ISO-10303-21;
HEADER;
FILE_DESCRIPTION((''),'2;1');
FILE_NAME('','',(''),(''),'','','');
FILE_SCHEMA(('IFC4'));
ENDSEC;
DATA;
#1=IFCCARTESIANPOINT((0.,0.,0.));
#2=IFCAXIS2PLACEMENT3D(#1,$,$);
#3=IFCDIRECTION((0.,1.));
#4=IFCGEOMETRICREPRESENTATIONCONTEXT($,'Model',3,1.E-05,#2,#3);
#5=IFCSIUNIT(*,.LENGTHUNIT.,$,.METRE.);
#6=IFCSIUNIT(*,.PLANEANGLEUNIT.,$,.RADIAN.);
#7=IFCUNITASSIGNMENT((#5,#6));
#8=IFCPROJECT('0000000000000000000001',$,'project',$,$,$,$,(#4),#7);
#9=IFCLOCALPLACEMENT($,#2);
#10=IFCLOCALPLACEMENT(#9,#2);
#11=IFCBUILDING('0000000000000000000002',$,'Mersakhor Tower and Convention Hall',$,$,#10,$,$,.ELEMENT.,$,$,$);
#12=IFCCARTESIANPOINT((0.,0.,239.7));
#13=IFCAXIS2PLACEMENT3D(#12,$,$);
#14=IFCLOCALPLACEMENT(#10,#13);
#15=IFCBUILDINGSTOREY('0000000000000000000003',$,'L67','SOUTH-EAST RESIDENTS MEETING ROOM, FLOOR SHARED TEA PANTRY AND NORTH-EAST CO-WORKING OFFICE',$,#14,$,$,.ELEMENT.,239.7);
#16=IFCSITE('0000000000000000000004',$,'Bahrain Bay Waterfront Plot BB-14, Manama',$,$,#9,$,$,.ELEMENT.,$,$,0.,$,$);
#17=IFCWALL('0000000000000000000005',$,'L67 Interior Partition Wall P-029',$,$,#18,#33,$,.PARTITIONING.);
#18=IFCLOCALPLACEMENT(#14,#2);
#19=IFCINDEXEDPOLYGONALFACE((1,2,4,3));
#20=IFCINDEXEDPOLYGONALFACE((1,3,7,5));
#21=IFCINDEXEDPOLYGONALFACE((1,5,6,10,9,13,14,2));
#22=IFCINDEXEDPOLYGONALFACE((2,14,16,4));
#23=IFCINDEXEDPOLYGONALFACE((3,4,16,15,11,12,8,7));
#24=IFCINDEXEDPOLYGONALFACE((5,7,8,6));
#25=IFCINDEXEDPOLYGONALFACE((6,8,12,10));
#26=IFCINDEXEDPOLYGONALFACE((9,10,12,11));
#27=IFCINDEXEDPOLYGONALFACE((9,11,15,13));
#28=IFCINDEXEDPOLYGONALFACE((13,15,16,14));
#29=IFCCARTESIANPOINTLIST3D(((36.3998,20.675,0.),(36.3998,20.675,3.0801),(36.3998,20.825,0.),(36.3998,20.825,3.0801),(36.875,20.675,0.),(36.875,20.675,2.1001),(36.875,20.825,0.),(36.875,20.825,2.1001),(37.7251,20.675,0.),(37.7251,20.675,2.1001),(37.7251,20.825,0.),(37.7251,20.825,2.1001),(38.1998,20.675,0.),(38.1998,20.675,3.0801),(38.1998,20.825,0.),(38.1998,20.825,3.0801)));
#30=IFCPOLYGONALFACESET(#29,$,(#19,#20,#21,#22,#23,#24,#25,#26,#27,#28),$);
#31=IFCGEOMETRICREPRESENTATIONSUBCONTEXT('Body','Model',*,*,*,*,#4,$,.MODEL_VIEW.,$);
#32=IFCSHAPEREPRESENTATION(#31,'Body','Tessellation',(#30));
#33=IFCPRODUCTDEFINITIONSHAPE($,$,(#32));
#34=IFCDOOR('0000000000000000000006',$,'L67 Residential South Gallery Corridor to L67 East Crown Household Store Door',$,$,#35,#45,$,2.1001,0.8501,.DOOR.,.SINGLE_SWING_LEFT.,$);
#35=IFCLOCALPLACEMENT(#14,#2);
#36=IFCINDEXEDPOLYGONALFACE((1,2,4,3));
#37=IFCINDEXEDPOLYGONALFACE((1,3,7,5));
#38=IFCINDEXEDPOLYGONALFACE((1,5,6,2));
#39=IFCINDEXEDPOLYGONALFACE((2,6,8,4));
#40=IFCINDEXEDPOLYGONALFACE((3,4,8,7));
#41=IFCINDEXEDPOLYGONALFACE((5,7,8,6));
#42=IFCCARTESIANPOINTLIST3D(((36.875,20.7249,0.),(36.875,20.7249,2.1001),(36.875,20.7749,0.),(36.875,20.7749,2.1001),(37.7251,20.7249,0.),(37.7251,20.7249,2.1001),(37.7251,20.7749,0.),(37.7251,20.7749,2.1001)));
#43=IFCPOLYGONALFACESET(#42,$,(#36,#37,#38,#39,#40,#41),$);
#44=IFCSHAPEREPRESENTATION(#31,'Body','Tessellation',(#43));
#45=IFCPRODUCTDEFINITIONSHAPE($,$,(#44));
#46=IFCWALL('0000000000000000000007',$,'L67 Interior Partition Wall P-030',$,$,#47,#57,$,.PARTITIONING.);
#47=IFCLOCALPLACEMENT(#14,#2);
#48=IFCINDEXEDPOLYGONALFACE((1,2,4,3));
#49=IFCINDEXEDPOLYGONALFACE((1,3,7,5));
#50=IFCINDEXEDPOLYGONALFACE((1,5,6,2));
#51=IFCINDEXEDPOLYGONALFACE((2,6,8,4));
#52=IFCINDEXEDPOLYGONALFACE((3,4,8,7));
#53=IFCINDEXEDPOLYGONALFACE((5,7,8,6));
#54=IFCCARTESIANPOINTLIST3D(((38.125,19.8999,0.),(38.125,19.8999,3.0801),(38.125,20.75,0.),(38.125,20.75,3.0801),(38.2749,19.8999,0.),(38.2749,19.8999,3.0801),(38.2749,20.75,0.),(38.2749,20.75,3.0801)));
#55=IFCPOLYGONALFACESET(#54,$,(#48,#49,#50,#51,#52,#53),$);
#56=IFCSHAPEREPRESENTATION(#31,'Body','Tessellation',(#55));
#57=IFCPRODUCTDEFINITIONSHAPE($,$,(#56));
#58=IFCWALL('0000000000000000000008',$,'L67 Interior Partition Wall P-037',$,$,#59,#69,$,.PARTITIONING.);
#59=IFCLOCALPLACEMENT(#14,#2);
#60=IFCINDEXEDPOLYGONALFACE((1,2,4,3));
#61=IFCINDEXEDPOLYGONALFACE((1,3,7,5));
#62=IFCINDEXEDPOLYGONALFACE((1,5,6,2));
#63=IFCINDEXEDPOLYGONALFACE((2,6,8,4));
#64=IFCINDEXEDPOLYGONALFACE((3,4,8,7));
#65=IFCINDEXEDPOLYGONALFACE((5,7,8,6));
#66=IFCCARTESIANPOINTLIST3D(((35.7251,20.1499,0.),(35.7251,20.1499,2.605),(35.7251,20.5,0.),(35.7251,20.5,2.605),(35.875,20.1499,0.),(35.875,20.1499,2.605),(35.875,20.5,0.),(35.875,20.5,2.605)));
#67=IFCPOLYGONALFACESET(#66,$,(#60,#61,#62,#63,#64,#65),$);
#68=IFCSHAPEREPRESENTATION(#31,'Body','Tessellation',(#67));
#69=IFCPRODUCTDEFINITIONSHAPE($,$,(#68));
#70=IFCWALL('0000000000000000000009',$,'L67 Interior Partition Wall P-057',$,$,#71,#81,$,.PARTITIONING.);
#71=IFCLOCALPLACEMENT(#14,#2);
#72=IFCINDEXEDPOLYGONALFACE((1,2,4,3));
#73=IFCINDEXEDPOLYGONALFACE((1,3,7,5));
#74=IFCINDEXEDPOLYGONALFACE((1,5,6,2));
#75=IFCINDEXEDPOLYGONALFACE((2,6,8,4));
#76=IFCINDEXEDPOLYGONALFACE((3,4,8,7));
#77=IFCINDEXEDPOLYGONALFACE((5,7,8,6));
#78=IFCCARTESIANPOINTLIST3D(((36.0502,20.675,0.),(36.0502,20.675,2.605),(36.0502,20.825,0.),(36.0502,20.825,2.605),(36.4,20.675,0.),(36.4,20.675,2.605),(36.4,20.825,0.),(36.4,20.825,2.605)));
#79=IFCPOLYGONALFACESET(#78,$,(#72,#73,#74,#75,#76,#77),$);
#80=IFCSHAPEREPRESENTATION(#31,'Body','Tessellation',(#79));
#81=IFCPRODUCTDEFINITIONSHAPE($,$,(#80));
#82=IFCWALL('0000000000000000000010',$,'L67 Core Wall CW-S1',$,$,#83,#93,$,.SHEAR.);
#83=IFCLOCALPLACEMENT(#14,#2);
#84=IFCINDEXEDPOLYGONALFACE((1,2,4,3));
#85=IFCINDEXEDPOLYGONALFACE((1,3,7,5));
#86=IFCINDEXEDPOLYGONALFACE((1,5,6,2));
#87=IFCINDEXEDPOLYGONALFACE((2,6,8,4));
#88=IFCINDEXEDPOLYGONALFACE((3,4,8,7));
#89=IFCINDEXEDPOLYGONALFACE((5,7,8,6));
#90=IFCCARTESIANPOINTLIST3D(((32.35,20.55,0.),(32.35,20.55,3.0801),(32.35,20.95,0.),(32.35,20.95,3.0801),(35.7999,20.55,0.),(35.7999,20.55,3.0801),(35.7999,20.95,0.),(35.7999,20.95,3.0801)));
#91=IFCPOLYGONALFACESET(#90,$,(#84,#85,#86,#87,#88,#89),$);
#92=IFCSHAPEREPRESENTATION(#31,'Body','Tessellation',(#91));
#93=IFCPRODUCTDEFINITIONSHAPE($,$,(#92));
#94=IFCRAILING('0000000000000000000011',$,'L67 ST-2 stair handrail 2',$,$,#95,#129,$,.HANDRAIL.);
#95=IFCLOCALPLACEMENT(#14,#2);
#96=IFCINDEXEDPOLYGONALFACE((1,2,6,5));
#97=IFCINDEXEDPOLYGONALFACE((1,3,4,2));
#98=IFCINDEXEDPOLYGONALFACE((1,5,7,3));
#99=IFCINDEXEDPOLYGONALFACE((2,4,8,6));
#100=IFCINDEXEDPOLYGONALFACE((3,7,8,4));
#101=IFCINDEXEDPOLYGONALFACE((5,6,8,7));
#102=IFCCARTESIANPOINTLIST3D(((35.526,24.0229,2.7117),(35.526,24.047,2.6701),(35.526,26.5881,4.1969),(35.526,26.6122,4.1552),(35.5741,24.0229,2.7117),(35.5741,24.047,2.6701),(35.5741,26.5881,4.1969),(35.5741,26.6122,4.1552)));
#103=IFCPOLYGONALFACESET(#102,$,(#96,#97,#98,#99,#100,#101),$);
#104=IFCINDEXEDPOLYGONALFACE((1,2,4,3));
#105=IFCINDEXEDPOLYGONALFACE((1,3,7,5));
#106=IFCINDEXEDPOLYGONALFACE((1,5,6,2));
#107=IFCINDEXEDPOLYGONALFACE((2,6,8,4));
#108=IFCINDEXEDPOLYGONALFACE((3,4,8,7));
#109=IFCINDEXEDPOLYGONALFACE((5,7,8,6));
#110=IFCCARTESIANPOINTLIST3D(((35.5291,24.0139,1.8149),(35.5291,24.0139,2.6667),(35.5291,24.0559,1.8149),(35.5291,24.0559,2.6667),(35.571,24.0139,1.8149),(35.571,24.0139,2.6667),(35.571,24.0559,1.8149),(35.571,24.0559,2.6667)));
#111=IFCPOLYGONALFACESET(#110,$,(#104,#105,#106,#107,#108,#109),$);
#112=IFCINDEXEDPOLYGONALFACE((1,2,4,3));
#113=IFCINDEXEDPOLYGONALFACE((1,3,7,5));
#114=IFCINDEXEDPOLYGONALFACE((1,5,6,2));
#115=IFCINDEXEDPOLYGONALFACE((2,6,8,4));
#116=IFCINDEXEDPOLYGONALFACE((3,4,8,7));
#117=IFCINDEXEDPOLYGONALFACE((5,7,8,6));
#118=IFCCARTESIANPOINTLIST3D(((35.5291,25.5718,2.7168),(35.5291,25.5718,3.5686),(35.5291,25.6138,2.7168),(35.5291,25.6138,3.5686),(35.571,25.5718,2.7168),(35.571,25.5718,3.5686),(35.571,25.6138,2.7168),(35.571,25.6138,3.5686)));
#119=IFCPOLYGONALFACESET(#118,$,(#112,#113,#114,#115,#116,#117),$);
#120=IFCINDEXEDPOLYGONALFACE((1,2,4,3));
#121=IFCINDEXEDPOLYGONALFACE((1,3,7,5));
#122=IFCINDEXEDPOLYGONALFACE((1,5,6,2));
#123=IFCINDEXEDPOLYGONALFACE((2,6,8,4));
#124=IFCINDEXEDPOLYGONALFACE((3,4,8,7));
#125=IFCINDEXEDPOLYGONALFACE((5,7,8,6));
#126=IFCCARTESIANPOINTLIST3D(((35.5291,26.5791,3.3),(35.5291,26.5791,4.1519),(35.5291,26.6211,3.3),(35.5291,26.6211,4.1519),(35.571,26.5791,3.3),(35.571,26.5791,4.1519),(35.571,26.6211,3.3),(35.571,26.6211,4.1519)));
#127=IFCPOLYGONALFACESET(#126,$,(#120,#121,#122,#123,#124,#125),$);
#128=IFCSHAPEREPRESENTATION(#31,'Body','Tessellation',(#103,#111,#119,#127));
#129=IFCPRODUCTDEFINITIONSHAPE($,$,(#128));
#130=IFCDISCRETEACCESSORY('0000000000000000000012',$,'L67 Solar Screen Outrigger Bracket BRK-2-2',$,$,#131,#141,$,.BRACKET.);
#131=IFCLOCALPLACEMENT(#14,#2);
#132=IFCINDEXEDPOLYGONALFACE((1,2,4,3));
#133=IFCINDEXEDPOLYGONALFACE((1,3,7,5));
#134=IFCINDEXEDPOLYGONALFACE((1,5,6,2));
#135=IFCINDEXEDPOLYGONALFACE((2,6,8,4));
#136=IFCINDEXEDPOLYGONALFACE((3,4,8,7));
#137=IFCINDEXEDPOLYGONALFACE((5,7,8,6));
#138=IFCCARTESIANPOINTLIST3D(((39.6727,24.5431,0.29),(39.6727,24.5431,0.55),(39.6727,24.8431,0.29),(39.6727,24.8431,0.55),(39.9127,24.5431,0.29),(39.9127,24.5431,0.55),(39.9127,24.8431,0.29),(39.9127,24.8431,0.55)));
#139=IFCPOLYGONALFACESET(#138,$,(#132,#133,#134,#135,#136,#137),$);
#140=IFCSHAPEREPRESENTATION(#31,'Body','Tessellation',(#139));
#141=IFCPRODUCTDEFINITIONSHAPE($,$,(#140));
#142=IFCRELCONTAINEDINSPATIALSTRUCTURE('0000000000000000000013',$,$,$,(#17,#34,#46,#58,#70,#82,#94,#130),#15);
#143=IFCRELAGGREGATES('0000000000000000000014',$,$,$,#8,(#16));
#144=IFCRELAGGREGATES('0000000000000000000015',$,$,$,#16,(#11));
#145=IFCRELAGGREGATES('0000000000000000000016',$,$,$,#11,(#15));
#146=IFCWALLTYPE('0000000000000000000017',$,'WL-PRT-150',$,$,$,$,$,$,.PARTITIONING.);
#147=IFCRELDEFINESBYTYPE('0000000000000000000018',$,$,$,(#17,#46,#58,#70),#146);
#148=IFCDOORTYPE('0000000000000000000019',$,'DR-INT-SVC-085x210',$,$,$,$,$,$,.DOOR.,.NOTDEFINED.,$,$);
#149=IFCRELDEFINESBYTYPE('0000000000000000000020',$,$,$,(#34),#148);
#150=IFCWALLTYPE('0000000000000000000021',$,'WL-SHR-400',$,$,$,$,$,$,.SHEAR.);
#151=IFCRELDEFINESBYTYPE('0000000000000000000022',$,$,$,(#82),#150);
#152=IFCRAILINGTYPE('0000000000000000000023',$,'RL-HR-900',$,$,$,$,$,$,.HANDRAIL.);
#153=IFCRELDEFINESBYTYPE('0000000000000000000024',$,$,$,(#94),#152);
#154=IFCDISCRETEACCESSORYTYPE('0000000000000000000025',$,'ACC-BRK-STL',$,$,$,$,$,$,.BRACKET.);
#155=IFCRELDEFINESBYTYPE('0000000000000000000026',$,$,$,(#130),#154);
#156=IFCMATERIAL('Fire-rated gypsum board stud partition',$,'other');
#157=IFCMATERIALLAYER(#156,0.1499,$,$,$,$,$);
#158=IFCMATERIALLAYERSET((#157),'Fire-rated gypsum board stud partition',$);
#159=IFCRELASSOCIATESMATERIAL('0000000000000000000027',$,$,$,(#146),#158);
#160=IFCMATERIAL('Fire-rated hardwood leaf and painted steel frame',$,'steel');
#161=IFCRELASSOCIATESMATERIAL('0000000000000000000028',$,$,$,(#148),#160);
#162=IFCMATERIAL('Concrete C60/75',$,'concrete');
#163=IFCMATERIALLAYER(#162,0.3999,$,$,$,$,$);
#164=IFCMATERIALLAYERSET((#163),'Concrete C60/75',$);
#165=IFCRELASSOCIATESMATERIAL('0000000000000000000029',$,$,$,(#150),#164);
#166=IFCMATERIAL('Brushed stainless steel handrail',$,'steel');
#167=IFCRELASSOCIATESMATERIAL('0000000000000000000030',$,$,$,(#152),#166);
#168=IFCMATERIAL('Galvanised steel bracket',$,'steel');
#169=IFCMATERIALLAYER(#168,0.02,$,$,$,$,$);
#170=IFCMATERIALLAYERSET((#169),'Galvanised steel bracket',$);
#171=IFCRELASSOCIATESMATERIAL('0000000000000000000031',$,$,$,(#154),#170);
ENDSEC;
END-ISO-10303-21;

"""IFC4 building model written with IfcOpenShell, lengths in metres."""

from ifc_helpers import new_model, si_unit, direction, frame, frame_2d, origin, origin_2d, place, context, subcontext, project, spatial, rectangle, extrude, material, layer, layer_set, type_object, element, fill, save


model = new_model("IFC4")

# Units and contexts
model_context = context("Model", 3, precision=1e-05, world=origin(), true_north=direction((0.0, 1.0)))
body_context = subcontext(model_context, "Body", "Model", "MODEL_VIEW")
ifc_project = project(units=[si_unit("LENGTHUNIT", "METRE"), si_unit("PLANEANGLEUNIT", "RADIAN")], contexts=[model_context])

# Site, building, storey
site_placement = place(None, origin())
site = spatial("IfcSite", under=ifc_project, at=site_placement, Name="Bahrain Bay Waterfront Plot BB-14, Manama", CompositionType="ELEMENT", RefElevation=0.0)
building_placement = place(site_placement, origin())
building = spatial("IfcBuilding", under=site, at=building_placement, Name="Mersakhor Tower and Convention Hall", CompositionType="ELEMENT")
storey_placement = place(building_placement, frame((0.0, 0.0, 239.7)))
storey = spatial("IfcBuildingStorey", under=building, at=storey_placement, Name="L67", Description="SOUTH-EAST RESIDENTS MEETING ROOM, FLOOR SHARED TEA PANTRY AND NORTH-EAST CO-WORKING OFFICE", CompositionType="ELEMENT", Elevation=239.7)

# Shared definitions
ifc_material_1 = material(Name="Fire-rated gypsum board stud partition", Category="other")
ifc_layer_1 = layer(ifc_material_1, 0.1499)
ifc_layer_set_1 = layer_set([ifc_layer_1], Name="Fire-rated gypsum board stud partition")
wall_type_1 = type_object("IfcWallType", Name="WL-PRT-150", PredefinedType="PARTITIONING", material=ifc_layer_set_1)

# Wall, opening, door
wall_1_placement = place(storey_placement, frame((36.3999, 20.75, 0.0), z_axis=(0.0, 0.0, 1.0), x_axis=(1.0, 0.0, 0.0)))
wall_1 = element("IfcWall", 1, at=wall_1_placement, inside=storey, type_object=wall_type_1, Name="L67 Interior Partition Wall P-029", PredefinedType="PARTITIONING", context=body_context, shape_type="SweptSolid", body=[
    extrude(rectangle(XDim=1.8, YDim=0.1499, at=frame_2d((0.8999, 0.0))), origin(), (0.0, 0.0, 1.0), 3.0801),
])
opening_1_placement = place(wall_1_placement, frame((0.4751, 0.0, 0.0)))
opening_1 = element("IfcOpeningElement", 2, at=opening_1_placement, cuts=wall_1, PredefinedType="OPENING", context=body_context, shape_type="SweptSolid", body=[
    extrude(rectangle(XDim=0.8501, YDim=2.1001, at=frame_2d((0.425, 1.05))), frame((0.0, 0.085, 0.0), z_axis=(0.0, -1.0, 0.0), x_axis=(1.0, 0.0, 0.0)), (0.0, 0.0, 1.0), 0.1699),
])
ifc_material_2 = material(Name="Fire-rated hardwood leaf and painted steel frame", Category="steel")
door_type = type_object("IfcDoorType", Name="DR-INT-SVC-085x210", OperationType="NOTDEFINED", PredefinedType="DOOR", material=ifc_material_2)
door_placement = place(opening_1_placement, origin())
door = element("IfcDoor", 3, at=door_placement, inside=storey, type_object=door_type, Name="L67 Residential South Gallery Corridor to L67 East Crown Household Store Door", OperationType="SINGLE_SWING_LEFT", OverallHeight=2.1001, OverallWidth=0.8501, PredefinedType="DOOR", context=body_context, shape_type="SweptSolid", body=[
    extrude(rectangle(XDim=0.8501, YDim=2.1001, at=frame_2d((0.425, 1.05))), frame((0.0, 0.0249, 0.0), z_axis=(0.0, -1.0, 0.0), x_axis=(1.0, 0.0, 0.0)), (0.0, 0.0, 1.0), 0.05),
])
fill(opening_1, door)

# Walls
wall_2_placement = place(storey_placement, frame((38.2, 20.75, 0.0), z_axis=(0.0, 0.0, 1.0), x_axis=(0.0, -1.0, 0.0)))
element("IfcWall", 4, at=wall_2_placement, inside=storey, type_object=wall_type_1, Name="L67 Interior Partition Wall P-030", PredefinedType="PARTITIONING", context=body_context, shape_type="SweptSolid", body=[
    extrude(rectangle(XDim=0.8501, YDim=0.1499, at=frame_2d((0.425, 0.0))), origin(), (0.0, 0.0, 1.0), 3.0801),
])
wall_3_placement = place(storey_placement, frame((35.8, 20.5, 0.0), z_axis=(0.0, 0.0, 1.0), x_axis=(0.0, -1.0, 0.0)))
element("IfcWall", 5, at=wall_3_placement, inside=storey, type_object=wall_type_1, Name="L67 Interior Partition Wall P-037", PredefinedType="PARTITIONING", context=body_context, shape_type="SweptSolid", body=[
    extrude(rectangle(XDim=0.3501, YDim=0.1499, at=frame_2d((0.175, 0.0))), origin(), (0.0, 0.0, 1.0), 2.605),
])
wall_4_placement = place(storey_placement, frame((36.3999, 20.75, 0.0), z_axis=(0.0, 0.0, 1.0), x_axis=(-1.0, 0.0, 0.0)))
element("IfcWall", 6, at=wall_4_placement, inside=storey, type_object=wall_type_1, Name="L67 Interior Partition Wall P-057", PredefinedType="PARTITIONING", context=body_context, shape_type="SweptSolid", body=[
    extrude(rectangle(XDim=0.3499, YDim=0.1499, at=frame_2d((0.1748, 0.0))), origin(), (0.0, 0.0, 1.0), 2.605),
])
ifc_material_3 = material(Name="Concrete C60/75", Category="concrete")
ifc_layer_2 = layer(ifc_material_3, 0.3999)
ifc_layer_set_2 = layer_set([ifc_layer_2], Name="Concrete C60/75")
wall_type_2 = type_object("IfcWallType", Name="WL-SHR-400", PredefinedType="SHEAR", material=ifc_layer_set_2)
wall_5_placement = place(storey_placement, frame((35.8, 20.75, 0.0), z_axis=(0.0, 0.0, 1.0), x_axis=(-1.0, 0.0, 0.0)))
element("IfcWall", 7, at=wall_5_placement, inside=storey, type_object=wall_type_2, Name="L67 Core Wall CW-S1", PredefinedType="SHEAR", context=body_context, shape_type="SweptSolid", body=[
    extrude(rectangle(XDim=3.45, YDim=0.3999, at=frame_2d((1.7251, 0.0))), origin(), (0.0, 0.0, 1.0), 3.0801),
])

# Railing
ifc_material_4 = material(Name="Brushed stainless steel handrail", Category="steel")
railing_type = type_object("IfcRailingType", Name="RL-HR-900", PredefinedType="HANDRAIL", material=ifc_material_4)
railing_placement = place(storey_placement, frame((35.55, 24.0349, 1.8149)))
element("IfcRailing", 8, at=railing_placement, inside=storey, type_object=railing_type, Name="L67 ST-2 stair handrail 2", PredefinedType="HANDRAIL", context=body_context, shape_type="SweptSolid", body=[
    extrude(rectangle(XDim=0.0481, YDim=0.0481, at=origin_2d()), frame((0.0, 0.0, 0.876), z_axis=(0.0, 0.865426, 0.501036), x_axis=(-1.0, 0.0, 0.0)), (0.0, 0.0, 1.0), 2.9641),
    extrude(rectangle(XDim=0.042, YDim=0.042, at=origin_2d()), origin(), (0.0, 0.0, 1.0), 0.8518),
    extrude(rectangle(XDim=0.042, YDim=0.042, at=origin_2d()), frame((0.0, 1.5579, 0.9019)), (0.0, 0.0, 1.0), 0.8518),
    extrude(rectangle(XDim=0.042, YDim=0.042, at=origin_2d()), frame((0.0, 2.5652, 1.4851)), (0.0, 0.0, 1.0), 0.8518),
])

# Discrete accessory
ifc_material_5 = material(Name="Galvanised steel bracket", Category="steel")
ifc_layer_3 = layer(ifc_material_5, 0.02)
ifc_layer_set_3 = layer_set([ifc_layer_3], Name="Galvanised steel bracket")
discrete_accessory_type = type_object("IfcDiscreteAccessoryType", Name="ACC-BRK-STL", PredefinedType="BRACKET", material=ifc_layer_set_3)
discrete_accessory_placement = place(storey_placement, frame((39.7927, 24.6931, 0.29), z_axis=(0.0, 0.0, 1.0), x_axis=(0.0, -1.0, 0.0)))
element("IfcDiscreteAccessory", 9, at=discrete_accessory_placement, inside=storey, type_object=discrete_accessory_type, Name="L67 Solar Screen Outrigger Bracket BRK-2-2", PredefinedType="BRACKET", context=body_context, shape_type="SweptSolid", body=[
    extrude(rectangle(XDim=0.3, YDim=0.24, at=origin_2d()), origin(), (0.0, 0.0, 1.0), 0.26),
])

save(model, "model.ifc")
